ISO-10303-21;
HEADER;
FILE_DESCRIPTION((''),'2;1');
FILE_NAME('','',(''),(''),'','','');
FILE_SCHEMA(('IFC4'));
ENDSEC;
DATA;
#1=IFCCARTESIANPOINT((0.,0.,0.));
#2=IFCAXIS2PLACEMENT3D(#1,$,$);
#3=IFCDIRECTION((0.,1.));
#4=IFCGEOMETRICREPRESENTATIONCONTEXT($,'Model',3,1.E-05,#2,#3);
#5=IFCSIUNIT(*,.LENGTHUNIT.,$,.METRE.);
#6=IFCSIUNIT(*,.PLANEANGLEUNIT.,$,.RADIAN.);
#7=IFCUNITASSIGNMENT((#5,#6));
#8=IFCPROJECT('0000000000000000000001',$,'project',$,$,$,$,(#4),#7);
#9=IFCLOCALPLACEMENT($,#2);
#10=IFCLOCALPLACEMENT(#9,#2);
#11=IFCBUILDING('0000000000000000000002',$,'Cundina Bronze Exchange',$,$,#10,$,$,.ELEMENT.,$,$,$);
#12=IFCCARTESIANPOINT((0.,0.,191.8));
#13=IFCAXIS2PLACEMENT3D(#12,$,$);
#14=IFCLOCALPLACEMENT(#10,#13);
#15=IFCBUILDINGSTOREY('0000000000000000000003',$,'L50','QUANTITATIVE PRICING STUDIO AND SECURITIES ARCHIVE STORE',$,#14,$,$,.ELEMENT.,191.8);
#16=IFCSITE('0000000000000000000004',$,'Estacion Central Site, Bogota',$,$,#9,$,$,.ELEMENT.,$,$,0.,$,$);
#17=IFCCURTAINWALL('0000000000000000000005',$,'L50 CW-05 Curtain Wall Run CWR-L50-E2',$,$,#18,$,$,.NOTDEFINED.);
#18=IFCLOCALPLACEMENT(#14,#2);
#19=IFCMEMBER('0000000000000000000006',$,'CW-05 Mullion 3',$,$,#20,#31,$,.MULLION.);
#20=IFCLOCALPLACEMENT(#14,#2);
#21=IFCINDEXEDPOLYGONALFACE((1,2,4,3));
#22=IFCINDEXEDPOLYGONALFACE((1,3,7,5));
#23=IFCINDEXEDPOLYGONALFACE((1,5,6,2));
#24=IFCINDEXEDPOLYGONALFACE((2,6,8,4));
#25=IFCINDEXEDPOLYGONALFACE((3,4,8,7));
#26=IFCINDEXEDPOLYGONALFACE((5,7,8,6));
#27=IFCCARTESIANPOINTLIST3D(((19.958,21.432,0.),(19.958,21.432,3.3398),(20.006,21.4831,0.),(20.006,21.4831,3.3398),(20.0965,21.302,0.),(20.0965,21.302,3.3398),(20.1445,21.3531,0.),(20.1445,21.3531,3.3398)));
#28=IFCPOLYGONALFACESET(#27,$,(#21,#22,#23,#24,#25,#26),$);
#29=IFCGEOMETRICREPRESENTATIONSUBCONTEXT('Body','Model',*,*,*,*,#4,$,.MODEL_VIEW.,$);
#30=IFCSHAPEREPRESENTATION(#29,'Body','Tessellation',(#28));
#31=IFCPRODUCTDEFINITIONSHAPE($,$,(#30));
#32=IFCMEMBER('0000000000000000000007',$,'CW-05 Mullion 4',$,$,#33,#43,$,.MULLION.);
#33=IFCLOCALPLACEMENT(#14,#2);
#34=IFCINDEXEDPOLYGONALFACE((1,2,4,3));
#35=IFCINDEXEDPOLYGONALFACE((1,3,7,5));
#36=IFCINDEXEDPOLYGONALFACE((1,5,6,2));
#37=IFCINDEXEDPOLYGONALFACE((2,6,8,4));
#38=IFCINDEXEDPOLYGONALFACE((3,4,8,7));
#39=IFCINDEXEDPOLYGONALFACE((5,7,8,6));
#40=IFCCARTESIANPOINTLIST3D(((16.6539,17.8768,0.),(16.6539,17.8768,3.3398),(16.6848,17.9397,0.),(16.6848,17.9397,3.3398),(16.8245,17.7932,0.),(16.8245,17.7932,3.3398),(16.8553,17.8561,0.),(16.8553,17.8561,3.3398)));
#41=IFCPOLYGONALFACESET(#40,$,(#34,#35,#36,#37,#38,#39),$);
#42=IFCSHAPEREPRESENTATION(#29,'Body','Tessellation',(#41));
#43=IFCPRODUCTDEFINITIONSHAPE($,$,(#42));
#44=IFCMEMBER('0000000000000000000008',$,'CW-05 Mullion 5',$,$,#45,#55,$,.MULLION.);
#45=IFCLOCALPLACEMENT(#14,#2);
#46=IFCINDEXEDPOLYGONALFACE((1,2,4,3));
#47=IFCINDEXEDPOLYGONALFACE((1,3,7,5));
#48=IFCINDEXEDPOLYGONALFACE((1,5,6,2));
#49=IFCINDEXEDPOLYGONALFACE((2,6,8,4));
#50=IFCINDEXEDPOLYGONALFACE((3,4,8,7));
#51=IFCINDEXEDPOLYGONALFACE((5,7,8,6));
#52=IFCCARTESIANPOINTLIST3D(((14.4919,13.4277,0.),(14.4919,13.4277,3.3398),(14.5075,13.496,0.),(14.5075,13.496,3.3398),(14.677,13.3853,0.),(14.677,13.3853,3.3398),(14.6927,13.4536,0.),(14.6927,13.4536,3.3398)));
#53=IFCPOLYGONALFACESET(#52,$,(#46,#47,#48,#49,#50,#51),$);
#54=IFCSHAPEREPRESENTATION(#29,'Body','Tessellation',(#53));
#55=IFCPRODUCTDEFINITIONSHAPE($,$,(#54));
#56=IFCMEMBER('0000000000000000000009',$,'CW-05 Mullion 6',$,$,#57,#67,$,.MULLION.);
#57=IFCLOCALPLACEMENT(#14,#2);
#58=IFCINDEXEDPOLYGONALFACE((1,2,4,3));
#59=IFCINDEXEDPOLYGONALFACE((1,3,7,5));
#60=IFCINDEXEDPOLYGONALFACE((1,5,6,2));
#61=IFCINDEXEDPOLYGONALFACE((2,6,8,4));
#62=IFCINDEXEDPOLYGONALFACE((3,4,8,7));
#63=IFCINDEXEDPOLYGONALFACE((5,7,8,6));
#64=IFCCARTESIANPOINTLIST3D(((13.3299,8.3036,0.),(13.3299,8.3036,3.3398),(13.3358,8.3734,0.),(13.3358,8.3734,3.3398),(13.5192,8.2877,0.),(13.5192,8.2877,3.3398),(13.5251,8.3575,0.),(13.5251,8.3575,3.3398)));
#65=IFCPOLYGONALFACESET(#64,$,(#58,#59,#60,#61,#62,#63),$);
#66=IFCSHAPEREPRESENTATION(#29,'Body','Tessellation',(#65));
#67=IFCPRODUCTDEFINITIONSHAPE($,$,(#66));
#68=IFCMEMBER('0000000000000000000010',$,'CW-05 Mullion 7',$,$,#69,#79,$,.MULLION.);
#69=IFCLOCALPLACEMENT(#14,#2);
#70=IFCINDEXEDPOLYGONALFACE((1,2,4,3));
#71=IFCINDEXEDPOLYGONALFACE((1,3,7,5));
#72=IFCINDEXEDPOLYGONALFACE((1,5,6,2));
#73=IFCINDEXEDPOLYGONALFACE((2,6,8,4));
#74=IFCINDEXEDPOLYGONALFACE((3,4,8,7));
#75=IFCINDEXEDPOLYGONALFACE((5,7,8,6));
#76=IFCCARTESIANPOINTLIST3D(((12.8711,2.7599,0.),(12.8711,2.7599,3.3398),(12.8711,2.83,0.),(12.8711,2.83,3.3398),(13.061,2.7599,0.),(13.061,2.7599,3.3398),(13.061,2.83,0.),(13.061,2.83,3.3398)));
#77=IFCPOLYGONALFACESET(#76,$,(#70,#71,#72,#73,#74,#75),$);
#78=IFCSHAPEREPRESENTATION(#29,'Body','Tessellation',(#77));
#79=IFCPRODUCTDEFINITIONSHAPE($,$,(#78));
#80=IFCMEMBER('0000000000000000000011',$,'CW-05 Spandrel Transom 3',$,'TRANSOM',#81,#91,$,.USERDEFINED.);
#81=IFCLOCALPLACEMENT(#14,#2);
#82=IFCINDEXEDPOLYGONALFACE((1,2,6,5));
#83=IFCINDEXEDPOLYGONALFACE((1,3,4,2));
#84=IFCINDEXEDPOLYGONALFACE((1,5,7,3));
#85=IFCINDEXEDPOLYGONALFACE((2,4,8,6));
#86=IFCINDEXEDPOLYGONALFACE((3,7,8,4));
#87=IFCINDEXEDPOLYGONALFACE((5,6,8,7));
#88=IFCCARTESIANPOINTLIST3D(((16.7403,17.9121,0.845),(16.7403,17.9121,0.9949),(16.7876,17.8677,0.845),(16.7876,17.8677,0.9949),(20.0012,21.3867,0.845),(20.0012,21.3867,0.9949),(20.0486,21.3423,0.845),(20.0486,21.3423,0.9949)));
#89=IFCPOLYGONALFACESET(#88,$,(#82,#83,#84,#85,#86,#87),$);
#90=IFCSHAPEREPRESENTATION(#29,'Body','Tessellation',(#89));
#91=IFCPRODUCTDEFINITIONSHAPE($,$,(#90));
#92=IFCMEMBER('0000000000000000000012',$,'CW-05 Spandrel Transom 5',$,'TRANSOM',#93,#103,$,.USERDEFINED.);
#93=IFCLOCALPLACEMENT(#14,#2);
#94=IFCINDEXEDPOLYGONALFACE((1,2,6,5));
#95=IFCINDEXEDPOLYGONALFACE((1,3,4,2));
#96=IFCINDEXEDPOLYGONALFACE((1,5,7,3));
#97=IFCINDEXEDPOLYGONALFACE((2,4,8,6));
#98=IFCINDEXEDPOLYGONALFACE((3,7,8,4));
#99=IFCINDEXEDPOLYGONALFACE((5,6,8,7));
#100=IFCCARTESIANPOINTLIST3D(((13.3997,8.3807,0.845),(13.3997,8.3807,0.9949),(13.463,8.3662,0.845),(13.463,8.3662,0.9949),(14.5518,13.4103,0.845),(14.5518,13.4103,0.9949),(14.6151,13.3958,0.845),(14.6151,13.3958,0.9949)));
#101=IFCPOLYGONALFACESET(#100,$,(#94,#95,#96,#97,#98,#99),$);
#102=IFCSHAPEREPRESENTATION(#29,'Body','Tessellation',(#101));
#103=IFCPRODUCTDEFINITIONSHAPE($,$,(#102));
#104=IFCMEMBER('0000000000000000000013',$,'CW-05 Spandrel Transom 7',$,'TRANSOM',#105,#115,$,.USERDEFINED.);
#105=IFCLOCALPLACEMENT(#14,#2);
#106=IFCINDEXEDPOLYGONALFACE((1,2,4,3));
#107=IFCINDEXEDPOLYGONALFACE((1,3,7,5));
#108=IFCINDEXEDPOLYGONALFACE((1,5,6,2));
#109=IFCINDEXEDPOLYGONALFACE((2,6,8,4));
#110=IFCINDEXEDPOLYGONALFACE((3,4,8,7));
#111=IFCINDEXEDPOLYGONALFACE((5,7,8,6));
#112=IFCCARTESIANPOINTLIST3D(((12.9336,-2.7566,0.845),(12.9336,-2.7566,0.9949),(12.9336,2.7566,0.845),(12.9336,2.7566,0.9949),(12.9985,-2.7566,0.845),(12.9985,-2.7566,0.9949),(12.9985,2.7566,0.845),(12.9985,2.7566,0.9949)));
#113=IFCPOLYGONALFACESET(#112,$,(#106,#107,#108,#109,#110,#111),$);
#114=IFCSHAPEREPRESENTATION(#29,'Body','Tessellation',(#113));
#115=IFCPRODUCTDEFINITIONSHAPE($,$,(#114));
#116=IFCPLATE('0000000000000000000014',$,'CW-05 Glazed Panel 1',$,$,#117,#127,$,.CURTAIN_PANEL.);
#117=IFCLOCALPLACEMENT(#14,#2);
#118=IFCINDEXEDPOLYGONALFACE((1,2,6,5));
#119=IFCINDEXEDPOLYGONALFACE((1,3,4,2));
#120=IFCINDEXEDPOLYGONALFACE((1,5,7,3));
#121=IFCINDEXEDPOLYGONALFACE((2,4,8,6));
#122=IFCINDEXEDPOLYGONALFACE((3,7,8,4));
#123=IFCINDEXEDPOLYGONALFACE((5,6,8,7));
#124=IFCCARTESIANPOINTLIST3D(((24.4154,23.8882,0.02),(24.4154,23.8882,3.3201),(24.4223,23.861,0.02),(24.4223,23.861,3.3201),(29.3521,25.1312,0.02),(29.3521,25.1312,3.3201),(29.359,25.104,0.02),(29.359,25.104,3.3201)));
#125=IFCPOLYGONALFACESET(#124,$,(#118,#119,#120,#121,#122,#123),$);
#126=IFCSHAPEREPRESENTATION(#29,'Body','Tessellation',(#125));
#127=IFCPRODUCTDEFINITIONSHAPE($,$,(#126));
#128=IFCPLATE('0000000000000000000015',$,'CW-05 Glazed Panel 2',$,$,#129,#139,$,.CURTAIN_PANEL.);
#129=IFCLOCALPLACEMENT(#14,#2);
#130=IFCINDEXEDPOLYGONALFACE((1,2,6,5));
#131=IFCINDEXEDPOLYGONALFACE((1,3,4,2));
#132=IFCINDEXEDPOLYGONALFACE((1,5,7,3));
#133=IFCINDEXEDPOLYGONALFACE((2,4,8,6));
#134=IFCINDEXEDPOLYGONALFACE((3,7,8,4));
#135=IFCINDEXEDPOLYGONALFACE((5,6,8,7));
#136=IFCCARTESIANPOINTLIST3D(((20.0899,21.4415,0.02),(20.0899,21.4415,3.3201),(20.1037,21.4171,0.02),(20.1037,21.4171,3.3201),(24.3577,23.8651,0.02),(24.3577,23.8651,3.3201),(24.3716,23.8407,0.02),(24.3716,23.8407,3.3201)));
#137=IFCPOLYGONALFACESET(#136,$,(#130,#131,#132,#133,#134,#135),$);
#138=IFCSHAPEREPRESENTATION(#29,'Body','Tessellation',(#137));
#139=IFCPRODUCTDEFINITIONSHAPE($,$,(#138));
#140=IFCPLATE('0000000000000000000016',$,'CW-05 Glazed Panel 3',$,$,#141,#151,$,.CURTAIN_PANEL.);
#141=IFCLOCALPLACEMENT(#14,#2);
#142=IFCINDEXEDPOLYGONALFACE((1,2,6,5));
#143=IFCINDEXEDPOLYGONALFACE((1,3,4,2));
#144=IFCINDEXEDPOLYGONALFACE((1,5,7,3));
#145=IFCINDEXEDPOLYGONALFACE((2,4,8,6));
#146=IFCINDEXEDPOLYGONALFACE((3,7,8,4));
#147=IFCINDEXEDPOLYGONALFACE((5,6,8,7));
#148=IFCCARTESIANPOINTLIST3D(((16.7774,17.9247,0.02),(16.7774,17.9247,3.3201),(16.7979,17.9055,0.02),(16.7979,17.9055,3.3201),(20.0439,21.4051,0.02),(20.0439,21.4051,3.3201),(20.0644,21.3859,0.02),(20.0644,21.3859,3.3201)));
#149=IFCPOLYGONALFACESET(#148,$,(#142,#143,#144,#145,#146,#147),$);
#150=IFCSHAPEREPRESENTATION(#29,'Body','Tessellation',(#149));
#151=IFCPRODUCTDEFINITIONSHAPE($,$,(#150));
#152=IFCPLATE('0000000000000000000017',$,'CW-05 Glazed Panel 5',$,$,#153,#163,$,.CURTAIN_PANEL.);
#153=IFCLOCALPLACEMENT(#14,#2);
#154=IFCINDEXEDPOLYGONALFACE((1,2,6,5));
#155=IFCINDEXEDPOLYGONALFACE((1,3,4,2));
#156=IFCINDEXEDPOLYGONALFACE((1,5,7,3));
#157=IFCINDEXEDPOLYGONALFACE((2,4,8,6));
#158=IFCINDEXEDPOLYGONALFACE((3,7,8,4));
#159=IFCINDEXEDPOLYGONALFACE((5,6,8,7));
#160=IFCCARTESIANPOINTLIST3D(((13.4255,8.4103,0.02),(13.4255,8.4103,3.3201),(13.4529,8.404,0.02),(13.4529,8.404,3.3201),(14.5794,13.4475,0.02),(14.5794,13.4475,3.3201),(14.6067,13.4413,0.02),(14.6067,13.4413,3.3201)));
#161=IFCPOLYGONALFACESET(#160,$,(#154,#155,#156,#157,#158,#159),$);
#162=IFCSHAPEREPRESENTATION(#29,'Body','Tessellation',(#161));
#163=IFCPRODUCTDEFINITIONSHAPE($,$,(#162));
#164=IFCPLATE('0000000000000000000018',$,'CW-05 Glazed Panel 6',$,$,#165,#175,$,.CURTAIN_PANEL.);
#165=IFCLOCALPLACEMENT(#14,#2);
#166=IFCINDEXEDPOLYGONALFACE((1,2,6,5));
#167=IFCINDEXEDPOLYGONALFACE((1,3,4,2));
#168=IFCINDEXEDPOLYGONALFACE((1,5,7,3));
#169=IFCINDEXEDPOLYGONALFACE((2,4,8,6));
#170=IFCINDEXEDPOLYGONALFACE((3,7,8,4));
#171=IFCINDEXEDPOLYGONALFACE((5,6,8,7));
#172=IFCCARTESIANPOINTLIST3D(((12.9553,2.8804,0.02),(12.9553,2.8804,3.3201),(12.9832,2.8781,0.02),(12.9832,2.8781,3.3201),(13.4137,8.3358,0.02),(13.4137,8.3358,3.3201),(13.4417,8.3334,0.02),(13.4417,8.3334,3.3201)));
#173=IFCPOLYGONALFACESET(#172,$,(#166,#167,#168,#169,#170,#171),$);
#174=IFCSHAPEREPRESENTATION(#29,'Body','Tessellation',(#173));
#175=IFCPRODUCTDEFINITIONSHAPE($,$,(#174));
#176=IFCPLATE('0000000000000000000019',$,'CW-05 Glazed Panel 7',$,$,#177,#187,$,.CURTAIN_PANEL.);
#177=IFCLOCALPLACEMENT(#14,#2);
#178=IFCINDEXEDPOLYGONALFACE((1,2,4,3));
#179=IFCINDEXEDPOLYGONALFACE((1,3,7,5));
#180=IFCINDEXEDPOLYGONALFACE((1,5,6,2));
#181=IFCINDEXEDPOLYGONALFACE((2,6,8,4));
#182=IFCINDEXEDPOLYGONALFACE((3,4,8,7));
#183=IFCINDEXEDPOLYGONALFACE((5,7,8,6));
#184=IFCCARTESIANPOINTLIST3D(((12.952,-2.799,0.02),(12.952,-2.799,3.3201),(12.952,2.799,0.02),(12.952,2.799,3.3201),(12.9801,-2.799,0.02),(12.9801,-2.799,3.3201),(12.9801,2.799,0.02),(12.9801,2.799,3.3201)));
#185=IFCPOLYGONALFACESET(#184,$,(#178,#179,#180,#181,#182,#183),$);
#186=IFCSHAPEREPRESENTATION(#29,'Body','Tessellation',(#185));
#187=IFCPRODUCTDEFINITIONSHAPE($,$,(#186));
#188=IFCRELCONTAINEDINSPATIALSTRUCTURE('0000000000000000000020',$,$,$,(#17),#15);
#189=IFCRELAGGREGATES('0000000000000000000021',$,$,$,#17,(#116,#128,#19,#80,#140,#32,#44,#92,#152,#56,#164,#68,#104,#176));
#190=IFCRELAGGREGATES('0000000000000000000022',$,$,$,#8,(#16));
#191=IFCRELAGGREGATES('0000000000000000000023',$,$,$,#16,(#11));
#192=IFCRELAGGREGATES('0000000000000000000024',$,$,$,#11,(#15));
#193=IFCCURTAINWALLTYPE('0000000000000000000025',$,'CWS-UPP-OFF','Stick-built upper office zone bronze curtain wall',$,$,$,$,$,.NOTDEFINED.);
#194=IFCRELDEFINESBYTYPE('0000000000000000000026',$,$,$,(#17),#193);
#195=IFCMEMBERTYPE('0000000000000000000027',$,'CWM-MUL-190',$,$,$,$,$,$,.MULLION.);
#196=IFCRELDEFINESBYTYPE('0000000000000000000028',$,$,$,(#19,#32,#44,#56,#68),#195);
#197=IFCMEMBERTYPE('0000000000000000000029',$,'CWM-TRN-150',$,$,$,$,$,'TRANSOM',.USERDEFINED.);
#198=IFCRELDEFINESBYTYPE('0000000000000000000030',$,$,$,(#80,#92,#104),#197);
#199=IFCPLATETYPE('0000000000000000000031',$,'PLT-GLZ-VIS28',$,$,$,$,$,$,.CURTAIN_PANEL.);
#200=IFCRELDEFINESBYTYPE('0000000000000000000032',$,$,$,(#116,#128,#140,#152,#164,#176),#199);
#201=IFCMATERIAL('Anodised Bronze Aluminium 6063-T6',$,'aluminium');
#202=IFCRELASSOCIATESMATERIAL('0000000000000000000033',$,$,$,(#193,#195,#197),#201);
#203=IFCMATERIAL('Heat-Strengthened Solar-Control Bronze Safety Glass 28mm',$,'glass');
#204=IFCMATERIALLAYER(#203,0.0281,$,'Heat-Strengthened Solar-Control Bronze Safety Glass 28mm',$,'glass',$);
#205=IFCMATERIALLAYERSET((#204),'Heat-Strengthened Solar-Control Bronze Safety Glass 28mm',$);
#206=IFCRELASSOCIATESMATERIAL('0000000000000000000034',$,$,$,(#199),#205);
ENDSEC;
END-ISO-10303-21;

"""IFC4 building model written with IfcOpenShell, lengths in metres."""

from ifc_helpers import new_model, si_unit, direction, frame, origin, origin_2d, place, context, subcontext, project, spatial, rectangle, extrude, material, layer, layer_set, material_profile, profile_set, type_object, element, aggregate, save


model = new_model("IFC4")

# Units and contexts
model_context = context("Model", 3, precision=1e-05, world=origin(), true_north=direction((0.0, 1.0)))
body_context = subcontext(model_context, "Body", "Model", "MODEL_VIEW")
ifc_project = project(units=[si_unit("LENGTHUNIT", "METRE"), si_unit("PLANEANGLEUNIT", "RADIAN")], contexts=[model_context])

# Site, building, storey
site_placement = place(None, origin())
site = spatial("IfcSite", under=ifc_project, at=site_placement, Name="Estacion Central Site, Bogota", CompositionType="ELEMENT", RefElevation=0.0)
building_placement = place(site_placement, origin())
building = spatial("IfcBuilding", under=site, at=building_placement, Name="Cundina Bronze Exchange", CompositionType="ELEMENT")
storey_placement = place(building_placement, frame((0.0, 0.0, 191.8)))
storey = spatial("IfcBuildingStorey", under=building, at=storey_placement, Name="L50", Description="QUANTITATIVE PRICING STUDIO AND SECURITIES ARCHIVE STORE", CompositionType="ELEMENT", Elevation=191.8)

# Curtain wall, members, plates
ifc_material_1 = material(Name="Anodised Bronze Aluminium 6063-T6", Category="aluminium")
curtain_wall_type = type_object("IfcCurtainWallType", Name="CWS-UPP-OFF", Description="Stick-built upper office zone bronze curtain wall", PredefinedType="NOTDEFINED", material=ifc_material_1)
curtain_wall_placement = place(storey_placement, origin())
curtain_wall = element("IfcCurtainWall", 1, at=curtain_wall_placement, inside=storey, type_object=curtain_wall_type, Name="L50 CW-05 Curtain Wall Run CWR-L50-E2", PredefinedType="NOTDEFINED")
ifc_material_profile_1 = material_profile(ifc_material_1, rectangle(XDim=0.0701, YDim=0.1899, at=origin_2d()), Name="AL70X190", Category="aluminium")
ifc_profile_set_1 = profile_set([ifc_material_profile_1], Name="Anodised Bronze Aluminium 6063-T6")
member_type_1 = type_object("IfcMemberType", Name="CWM-MUL-190", PredefinedType="MULLION", material=ifc_profile_set_1)
member_1_placement = place(storey_placement, frame((20.0513, 21.3926, 0.0), z_axis=(0.0, 0.0, 1.0), x_axis=(-0.684293, -0.729208, 0.0)))
member_1 = element("IfcMember", 2, at=member_1_placement, type_object=member_type_1, Name="CW-05 Mullion 3", PredefinedType="MULLION", context=body_context, shape_type="SweptSolid", body=[
    extrude(rectangle(XDim=0.0701, YDim=0.1899, at=origin_2d()), origin(), (0.0, 0.0, 1.0), 3.3398),
])
member_2_placement = place(storey_placement, frame((16.7546, 17.8665, 0.0), z_axis=(0.0, 0.0, 1.0), x_axis=(-0.440566, -0.89772, 0.0)))
member_2 = element("IfcMember", 3, at=member_2_placement, type_object=member_type_1, Name="CW-05 Mullion 4", PredefinedType="MULLION", context=body_context, shape_type="SweptSolid", body=[
    extrude(rectangle(XDim=0.0701, YDim=0.1899, at=origin_2d()), origin(), (0.0, 0.0, 1.0), 3.3398),
])
member_3_placement = place(storey_placement, frame((14.5923, 13.4407, 0.0), z_axis=(0.0, 0.0, 1.0), x_axis=(-0.22325, -0.974761, 0.0)))
member_3 = element("IfcMember", 4, at=member_3_placement, type_object=member_type_1, Name="CW-05 Mullion 5", PredefinedType="MULLION", context=body_context, shape_type="SweptSolid", body=[
    extrude(rectangle(XDim=0.0701, YDim=0.1899, at=origin_2d()), origin(), (0.0, 0.0, 1.0), 3.3398),
])
member_4_placement = place(storey_placement, frame((13.4275, 8.3306, 0.0), z_axis=(0.0, 0.0, 1.0), x_axis=(-0.083678, -0.996493, 0.0)))
member_4 = element("IfcMember", 5, at=member_4_placement, type_object=member_type_1, Name="CW-05 Mullion 6", PredefinedType="MULLION", context=body_context, shape_type="SweptSolid", body=[
    extrude(rectangle(XDim=0.0701, YDim=0.1899, at=origin_2d()), origin(), (0.0, 0.0, 1.0), 3.3398),
])
member_5_placement = place(storey_placement, frame((12.9661, 2.7949, 0.0), z_axis=(0.0, 0.0, 1.0), x_axis=(0.0, -1.0, 0.0)))
member_5 = element("IfcMember", 6, at=member_5_placement, type_object=member_type_1, Name="CW-05 Mullion 7", PredefinedType="MULLION", context=body_context, shape_type="SweptSolid", body=[
    extrude(rectangle(XDim=0.0701, YDim=0.1899, at=origin_2d()), origin(), (0.0, 0.0, 1.0), 3.3398),
])
ifc_material_profile_2 = material_profile(ifc_material_1, rectangle(XDim=0.0649, YDim=0.1499, at=origin_2d()), Name="AL65X150", Category="aluminium")
ifc_profile_set_2 = profile_set([ifc_material_profile_2], Name="Anodised Bronze Aluminium 6063-T6")
member_type_2 = type_object("IfcMemberType", Name="CWM-TRN-150", ElementType="TRANSOM", PredefinedType="USERDEFINED", material=ifc_profile_set_2)
member_6_placement = place(storey_placement, frame((20.0249, 21.3645, 0.9199), z_axis=(-0.684336, -0.729166, 0.0), x_axis=(0.729166, -0.684336, 0.0)))
member_6 = element("IfcMember", 7, at=member_6_placement, type_object=member_type_2, Name="CW-05 Spandrel Transom 3", ObjectType="TRANSOM", PredefinedType="USERDEFINED", context=body_context, shape_type="SweptSolid", body=[
    extrude(rectangle(XDim=0.0649, YDim=0.1499, at=origin_2d()), origin(), (0.0, 0.0, 1.0), 4.7651),
])
member_7_placement = place(storey_placement, frame((14.5835, 13.4031, 0.9199), z_axis=(-0.223283, -0.974754, 0.0), x_axis=(0.974754, -0.223283, 0.0)))
member_7 = element("IfcMember", 8, at=member_7_placement, type_object=member_type_2, Name="CW-05 Spandrel Transom 5", ObjectType="TRANSOM", PredefinedType="USERDEFINED", context=body_context, shape_type="SweptSolid", body=[
    extrude(rectangle(XDim=0.0649, YDim=0.1499, at=origin_2d()), origin(), (0.0, 0.0, 1.0), 5.1599),
])
member_8_placement = place(storey_placement, frame((12.9661, 2.7566, 0.9199), z_axis=(0.0, -1.0, 0.0), x_axis=(1.0, 0.0, 0.0)))
member_8 = element("IfcMember", 9, at=member_8_placement, type_object=member_type_2, Name="CW-05 Spandrel Transom 7", ObjectType="TRANSOM", PredefinedType="USERDEFINED", context=body_context, shape_type="SweptSolid", body=[
    extrude(rectangle(XDim=0.0649, YDim=0.1499, at=origin_2d()), origin(), (0.0, 0.0, 1.0), 5.5132),
])
ifc_material_2 = material(Name="Heat-Strengthened Solar-Control Bronze Safety Glass 28mm", Category="glass")
ifc_layer_1 = layer(ifc_material_2, 0.0281, Name="Heat-Strengthened Solar-Control Bronze Safety Glass 28mm", Category="glass")
ifc_layer_set_1 = layer_set([ifc_layer_1], Name="Heat-Strengthened Solar-Control Bronze Safety Glass 28mm")
plate_type_1 = type_object("IfcPlateType", Name="PLT-GLZ-VIS28", PredefinedType="CURTAIN_PANEL", material=ifc_layer_set_1)
plate_1_placement = place(storey_placement, frame((26.8872, 24.4961, 0.02), z_axis=(0.0, 0.0, 1.0), x_axis=(-0.969732, -0.244174, 0.0)))
plate_1 = element("IfcPlate", 10, at=plate_1_placement, type_object=plate_type_1, Name="CW-05 Glazed Panel 1", PredefinedType="CURTAIN_PANEL", context=body_context, shape_type="SweptSolid", body=[
    extrude(rectangle(XDim=5.0908, YDim=0.0281, at=origin_2d()), origin(), (0.0, 0.0, 1.0), 3.3),
])
plate_2_placement = place(storey_placement, frame((22.2307, 22.6411, 0.02), z_axis=(0.0, 0.0, 1.0), x_axis=(-0.869573, -0.493805, 0.0)))
plate_2 = element("IfcPlate", 11, at=plate_2_placement, type_object=plate_type_1, Name="CW-05 Glazed Panel 2", PredefinedType="CURTAIN_PANEL", context=body_context, shape_type="SweptSolid", body=[
    extrude(rectangle(XDim=4.908, YDim=0.0281, at=origin_2d()), origin(), (0.0, 0.0, 1.0), 3.3),
])
plate_3_placement = place(storey_placement, frame((18.4209, 19.6553, 0.02), z_axis=(0.0, 0.0, 1.0), x_axis=(-0.684344, -0.72916, 0.0)))
plate_3 = element("IfcPlate", 12, at=plate_3_placement, type_object=plate_type_1, Name="CW-05 Glazed Panel 3", PredefinedType="CURTAIN_PANEL", context=body_context, shape_type="SweptSolid", body=[
    extrude(rectangle(XDim=4.7732, YDim=0.0281, at=origin_2d()), origin(), (0.0, 0.0, 1.0), 3.3),
])
plate_4_placement = place(storey_placement, frame((14.0161, 10.9258, 0.02), z_axis=(0.0, 0.0, 1.0), x_axis=(-0.223284, -0.974753, 0.0)))
plate_4 = element("IfcPlate", 13, at=plate_4_placement, type_object=plate_type_1, Name="CW-05 Glazed Panel 5", PredefinedType="CURTAIN_PANEL", context=body_context, shape_type="SweptSolid", body=[
    extrude(rectangle(XDim=5.1677, YDim=0.0281, at=origin_2d()), origin(), (0.0, 0.0, 1.0), 3.3),
])
plate_5_placement = place(storey_placement, frame((13.1985, 5.6069, 0.02), z_axis=(0.0, 0.0, 1.0), x_axis=(-0.083747, -0.996487, 0.0)))
plate_5 = element("IfcPlate", 14, at=plate_5_placement, type_object=plate_type_1, Name="CW-05 Glazed Panel 6", PredefinedType="CURTAIN_PANEL", context=body_context, shape_type="SweptSolid", body=[
    extrude(rectangle(XDim=5.4746, YDim=0.0281, at=origin_2d()), origin(), (0.0, 0.0, 1.0), 3.3),
])
plate_6_placement = place(storey_placement, frame((12.9661, 0.0, 0.02), z_axis=(0.0, 0.0, 1.0), x_axis=(0.0, -1.0, 0.0)))
plate_6 = element("IfcPlate", 15, at=plate_6_placement, type_object=plate_type_1, Name="CW-05 Glazed Panel 7", PredefinedType="CURTAIN_PANEL", context=body_context, shape_type="SweptSolid", body=[
    extrude(rectangle(XDim=5.5979, YDim=0.0281, at=origin_2d()), origin(), (0.0, 0.0, 1.0), 3.3),
])
aggregate(curtain_wall, [plate_1, plate_2, member_1, member_6, plate_3, member_2, member_3, member_7, plate_4, member_4, plate_5, member_5, member_8, plate_6])

save(model, "model.ifc")
